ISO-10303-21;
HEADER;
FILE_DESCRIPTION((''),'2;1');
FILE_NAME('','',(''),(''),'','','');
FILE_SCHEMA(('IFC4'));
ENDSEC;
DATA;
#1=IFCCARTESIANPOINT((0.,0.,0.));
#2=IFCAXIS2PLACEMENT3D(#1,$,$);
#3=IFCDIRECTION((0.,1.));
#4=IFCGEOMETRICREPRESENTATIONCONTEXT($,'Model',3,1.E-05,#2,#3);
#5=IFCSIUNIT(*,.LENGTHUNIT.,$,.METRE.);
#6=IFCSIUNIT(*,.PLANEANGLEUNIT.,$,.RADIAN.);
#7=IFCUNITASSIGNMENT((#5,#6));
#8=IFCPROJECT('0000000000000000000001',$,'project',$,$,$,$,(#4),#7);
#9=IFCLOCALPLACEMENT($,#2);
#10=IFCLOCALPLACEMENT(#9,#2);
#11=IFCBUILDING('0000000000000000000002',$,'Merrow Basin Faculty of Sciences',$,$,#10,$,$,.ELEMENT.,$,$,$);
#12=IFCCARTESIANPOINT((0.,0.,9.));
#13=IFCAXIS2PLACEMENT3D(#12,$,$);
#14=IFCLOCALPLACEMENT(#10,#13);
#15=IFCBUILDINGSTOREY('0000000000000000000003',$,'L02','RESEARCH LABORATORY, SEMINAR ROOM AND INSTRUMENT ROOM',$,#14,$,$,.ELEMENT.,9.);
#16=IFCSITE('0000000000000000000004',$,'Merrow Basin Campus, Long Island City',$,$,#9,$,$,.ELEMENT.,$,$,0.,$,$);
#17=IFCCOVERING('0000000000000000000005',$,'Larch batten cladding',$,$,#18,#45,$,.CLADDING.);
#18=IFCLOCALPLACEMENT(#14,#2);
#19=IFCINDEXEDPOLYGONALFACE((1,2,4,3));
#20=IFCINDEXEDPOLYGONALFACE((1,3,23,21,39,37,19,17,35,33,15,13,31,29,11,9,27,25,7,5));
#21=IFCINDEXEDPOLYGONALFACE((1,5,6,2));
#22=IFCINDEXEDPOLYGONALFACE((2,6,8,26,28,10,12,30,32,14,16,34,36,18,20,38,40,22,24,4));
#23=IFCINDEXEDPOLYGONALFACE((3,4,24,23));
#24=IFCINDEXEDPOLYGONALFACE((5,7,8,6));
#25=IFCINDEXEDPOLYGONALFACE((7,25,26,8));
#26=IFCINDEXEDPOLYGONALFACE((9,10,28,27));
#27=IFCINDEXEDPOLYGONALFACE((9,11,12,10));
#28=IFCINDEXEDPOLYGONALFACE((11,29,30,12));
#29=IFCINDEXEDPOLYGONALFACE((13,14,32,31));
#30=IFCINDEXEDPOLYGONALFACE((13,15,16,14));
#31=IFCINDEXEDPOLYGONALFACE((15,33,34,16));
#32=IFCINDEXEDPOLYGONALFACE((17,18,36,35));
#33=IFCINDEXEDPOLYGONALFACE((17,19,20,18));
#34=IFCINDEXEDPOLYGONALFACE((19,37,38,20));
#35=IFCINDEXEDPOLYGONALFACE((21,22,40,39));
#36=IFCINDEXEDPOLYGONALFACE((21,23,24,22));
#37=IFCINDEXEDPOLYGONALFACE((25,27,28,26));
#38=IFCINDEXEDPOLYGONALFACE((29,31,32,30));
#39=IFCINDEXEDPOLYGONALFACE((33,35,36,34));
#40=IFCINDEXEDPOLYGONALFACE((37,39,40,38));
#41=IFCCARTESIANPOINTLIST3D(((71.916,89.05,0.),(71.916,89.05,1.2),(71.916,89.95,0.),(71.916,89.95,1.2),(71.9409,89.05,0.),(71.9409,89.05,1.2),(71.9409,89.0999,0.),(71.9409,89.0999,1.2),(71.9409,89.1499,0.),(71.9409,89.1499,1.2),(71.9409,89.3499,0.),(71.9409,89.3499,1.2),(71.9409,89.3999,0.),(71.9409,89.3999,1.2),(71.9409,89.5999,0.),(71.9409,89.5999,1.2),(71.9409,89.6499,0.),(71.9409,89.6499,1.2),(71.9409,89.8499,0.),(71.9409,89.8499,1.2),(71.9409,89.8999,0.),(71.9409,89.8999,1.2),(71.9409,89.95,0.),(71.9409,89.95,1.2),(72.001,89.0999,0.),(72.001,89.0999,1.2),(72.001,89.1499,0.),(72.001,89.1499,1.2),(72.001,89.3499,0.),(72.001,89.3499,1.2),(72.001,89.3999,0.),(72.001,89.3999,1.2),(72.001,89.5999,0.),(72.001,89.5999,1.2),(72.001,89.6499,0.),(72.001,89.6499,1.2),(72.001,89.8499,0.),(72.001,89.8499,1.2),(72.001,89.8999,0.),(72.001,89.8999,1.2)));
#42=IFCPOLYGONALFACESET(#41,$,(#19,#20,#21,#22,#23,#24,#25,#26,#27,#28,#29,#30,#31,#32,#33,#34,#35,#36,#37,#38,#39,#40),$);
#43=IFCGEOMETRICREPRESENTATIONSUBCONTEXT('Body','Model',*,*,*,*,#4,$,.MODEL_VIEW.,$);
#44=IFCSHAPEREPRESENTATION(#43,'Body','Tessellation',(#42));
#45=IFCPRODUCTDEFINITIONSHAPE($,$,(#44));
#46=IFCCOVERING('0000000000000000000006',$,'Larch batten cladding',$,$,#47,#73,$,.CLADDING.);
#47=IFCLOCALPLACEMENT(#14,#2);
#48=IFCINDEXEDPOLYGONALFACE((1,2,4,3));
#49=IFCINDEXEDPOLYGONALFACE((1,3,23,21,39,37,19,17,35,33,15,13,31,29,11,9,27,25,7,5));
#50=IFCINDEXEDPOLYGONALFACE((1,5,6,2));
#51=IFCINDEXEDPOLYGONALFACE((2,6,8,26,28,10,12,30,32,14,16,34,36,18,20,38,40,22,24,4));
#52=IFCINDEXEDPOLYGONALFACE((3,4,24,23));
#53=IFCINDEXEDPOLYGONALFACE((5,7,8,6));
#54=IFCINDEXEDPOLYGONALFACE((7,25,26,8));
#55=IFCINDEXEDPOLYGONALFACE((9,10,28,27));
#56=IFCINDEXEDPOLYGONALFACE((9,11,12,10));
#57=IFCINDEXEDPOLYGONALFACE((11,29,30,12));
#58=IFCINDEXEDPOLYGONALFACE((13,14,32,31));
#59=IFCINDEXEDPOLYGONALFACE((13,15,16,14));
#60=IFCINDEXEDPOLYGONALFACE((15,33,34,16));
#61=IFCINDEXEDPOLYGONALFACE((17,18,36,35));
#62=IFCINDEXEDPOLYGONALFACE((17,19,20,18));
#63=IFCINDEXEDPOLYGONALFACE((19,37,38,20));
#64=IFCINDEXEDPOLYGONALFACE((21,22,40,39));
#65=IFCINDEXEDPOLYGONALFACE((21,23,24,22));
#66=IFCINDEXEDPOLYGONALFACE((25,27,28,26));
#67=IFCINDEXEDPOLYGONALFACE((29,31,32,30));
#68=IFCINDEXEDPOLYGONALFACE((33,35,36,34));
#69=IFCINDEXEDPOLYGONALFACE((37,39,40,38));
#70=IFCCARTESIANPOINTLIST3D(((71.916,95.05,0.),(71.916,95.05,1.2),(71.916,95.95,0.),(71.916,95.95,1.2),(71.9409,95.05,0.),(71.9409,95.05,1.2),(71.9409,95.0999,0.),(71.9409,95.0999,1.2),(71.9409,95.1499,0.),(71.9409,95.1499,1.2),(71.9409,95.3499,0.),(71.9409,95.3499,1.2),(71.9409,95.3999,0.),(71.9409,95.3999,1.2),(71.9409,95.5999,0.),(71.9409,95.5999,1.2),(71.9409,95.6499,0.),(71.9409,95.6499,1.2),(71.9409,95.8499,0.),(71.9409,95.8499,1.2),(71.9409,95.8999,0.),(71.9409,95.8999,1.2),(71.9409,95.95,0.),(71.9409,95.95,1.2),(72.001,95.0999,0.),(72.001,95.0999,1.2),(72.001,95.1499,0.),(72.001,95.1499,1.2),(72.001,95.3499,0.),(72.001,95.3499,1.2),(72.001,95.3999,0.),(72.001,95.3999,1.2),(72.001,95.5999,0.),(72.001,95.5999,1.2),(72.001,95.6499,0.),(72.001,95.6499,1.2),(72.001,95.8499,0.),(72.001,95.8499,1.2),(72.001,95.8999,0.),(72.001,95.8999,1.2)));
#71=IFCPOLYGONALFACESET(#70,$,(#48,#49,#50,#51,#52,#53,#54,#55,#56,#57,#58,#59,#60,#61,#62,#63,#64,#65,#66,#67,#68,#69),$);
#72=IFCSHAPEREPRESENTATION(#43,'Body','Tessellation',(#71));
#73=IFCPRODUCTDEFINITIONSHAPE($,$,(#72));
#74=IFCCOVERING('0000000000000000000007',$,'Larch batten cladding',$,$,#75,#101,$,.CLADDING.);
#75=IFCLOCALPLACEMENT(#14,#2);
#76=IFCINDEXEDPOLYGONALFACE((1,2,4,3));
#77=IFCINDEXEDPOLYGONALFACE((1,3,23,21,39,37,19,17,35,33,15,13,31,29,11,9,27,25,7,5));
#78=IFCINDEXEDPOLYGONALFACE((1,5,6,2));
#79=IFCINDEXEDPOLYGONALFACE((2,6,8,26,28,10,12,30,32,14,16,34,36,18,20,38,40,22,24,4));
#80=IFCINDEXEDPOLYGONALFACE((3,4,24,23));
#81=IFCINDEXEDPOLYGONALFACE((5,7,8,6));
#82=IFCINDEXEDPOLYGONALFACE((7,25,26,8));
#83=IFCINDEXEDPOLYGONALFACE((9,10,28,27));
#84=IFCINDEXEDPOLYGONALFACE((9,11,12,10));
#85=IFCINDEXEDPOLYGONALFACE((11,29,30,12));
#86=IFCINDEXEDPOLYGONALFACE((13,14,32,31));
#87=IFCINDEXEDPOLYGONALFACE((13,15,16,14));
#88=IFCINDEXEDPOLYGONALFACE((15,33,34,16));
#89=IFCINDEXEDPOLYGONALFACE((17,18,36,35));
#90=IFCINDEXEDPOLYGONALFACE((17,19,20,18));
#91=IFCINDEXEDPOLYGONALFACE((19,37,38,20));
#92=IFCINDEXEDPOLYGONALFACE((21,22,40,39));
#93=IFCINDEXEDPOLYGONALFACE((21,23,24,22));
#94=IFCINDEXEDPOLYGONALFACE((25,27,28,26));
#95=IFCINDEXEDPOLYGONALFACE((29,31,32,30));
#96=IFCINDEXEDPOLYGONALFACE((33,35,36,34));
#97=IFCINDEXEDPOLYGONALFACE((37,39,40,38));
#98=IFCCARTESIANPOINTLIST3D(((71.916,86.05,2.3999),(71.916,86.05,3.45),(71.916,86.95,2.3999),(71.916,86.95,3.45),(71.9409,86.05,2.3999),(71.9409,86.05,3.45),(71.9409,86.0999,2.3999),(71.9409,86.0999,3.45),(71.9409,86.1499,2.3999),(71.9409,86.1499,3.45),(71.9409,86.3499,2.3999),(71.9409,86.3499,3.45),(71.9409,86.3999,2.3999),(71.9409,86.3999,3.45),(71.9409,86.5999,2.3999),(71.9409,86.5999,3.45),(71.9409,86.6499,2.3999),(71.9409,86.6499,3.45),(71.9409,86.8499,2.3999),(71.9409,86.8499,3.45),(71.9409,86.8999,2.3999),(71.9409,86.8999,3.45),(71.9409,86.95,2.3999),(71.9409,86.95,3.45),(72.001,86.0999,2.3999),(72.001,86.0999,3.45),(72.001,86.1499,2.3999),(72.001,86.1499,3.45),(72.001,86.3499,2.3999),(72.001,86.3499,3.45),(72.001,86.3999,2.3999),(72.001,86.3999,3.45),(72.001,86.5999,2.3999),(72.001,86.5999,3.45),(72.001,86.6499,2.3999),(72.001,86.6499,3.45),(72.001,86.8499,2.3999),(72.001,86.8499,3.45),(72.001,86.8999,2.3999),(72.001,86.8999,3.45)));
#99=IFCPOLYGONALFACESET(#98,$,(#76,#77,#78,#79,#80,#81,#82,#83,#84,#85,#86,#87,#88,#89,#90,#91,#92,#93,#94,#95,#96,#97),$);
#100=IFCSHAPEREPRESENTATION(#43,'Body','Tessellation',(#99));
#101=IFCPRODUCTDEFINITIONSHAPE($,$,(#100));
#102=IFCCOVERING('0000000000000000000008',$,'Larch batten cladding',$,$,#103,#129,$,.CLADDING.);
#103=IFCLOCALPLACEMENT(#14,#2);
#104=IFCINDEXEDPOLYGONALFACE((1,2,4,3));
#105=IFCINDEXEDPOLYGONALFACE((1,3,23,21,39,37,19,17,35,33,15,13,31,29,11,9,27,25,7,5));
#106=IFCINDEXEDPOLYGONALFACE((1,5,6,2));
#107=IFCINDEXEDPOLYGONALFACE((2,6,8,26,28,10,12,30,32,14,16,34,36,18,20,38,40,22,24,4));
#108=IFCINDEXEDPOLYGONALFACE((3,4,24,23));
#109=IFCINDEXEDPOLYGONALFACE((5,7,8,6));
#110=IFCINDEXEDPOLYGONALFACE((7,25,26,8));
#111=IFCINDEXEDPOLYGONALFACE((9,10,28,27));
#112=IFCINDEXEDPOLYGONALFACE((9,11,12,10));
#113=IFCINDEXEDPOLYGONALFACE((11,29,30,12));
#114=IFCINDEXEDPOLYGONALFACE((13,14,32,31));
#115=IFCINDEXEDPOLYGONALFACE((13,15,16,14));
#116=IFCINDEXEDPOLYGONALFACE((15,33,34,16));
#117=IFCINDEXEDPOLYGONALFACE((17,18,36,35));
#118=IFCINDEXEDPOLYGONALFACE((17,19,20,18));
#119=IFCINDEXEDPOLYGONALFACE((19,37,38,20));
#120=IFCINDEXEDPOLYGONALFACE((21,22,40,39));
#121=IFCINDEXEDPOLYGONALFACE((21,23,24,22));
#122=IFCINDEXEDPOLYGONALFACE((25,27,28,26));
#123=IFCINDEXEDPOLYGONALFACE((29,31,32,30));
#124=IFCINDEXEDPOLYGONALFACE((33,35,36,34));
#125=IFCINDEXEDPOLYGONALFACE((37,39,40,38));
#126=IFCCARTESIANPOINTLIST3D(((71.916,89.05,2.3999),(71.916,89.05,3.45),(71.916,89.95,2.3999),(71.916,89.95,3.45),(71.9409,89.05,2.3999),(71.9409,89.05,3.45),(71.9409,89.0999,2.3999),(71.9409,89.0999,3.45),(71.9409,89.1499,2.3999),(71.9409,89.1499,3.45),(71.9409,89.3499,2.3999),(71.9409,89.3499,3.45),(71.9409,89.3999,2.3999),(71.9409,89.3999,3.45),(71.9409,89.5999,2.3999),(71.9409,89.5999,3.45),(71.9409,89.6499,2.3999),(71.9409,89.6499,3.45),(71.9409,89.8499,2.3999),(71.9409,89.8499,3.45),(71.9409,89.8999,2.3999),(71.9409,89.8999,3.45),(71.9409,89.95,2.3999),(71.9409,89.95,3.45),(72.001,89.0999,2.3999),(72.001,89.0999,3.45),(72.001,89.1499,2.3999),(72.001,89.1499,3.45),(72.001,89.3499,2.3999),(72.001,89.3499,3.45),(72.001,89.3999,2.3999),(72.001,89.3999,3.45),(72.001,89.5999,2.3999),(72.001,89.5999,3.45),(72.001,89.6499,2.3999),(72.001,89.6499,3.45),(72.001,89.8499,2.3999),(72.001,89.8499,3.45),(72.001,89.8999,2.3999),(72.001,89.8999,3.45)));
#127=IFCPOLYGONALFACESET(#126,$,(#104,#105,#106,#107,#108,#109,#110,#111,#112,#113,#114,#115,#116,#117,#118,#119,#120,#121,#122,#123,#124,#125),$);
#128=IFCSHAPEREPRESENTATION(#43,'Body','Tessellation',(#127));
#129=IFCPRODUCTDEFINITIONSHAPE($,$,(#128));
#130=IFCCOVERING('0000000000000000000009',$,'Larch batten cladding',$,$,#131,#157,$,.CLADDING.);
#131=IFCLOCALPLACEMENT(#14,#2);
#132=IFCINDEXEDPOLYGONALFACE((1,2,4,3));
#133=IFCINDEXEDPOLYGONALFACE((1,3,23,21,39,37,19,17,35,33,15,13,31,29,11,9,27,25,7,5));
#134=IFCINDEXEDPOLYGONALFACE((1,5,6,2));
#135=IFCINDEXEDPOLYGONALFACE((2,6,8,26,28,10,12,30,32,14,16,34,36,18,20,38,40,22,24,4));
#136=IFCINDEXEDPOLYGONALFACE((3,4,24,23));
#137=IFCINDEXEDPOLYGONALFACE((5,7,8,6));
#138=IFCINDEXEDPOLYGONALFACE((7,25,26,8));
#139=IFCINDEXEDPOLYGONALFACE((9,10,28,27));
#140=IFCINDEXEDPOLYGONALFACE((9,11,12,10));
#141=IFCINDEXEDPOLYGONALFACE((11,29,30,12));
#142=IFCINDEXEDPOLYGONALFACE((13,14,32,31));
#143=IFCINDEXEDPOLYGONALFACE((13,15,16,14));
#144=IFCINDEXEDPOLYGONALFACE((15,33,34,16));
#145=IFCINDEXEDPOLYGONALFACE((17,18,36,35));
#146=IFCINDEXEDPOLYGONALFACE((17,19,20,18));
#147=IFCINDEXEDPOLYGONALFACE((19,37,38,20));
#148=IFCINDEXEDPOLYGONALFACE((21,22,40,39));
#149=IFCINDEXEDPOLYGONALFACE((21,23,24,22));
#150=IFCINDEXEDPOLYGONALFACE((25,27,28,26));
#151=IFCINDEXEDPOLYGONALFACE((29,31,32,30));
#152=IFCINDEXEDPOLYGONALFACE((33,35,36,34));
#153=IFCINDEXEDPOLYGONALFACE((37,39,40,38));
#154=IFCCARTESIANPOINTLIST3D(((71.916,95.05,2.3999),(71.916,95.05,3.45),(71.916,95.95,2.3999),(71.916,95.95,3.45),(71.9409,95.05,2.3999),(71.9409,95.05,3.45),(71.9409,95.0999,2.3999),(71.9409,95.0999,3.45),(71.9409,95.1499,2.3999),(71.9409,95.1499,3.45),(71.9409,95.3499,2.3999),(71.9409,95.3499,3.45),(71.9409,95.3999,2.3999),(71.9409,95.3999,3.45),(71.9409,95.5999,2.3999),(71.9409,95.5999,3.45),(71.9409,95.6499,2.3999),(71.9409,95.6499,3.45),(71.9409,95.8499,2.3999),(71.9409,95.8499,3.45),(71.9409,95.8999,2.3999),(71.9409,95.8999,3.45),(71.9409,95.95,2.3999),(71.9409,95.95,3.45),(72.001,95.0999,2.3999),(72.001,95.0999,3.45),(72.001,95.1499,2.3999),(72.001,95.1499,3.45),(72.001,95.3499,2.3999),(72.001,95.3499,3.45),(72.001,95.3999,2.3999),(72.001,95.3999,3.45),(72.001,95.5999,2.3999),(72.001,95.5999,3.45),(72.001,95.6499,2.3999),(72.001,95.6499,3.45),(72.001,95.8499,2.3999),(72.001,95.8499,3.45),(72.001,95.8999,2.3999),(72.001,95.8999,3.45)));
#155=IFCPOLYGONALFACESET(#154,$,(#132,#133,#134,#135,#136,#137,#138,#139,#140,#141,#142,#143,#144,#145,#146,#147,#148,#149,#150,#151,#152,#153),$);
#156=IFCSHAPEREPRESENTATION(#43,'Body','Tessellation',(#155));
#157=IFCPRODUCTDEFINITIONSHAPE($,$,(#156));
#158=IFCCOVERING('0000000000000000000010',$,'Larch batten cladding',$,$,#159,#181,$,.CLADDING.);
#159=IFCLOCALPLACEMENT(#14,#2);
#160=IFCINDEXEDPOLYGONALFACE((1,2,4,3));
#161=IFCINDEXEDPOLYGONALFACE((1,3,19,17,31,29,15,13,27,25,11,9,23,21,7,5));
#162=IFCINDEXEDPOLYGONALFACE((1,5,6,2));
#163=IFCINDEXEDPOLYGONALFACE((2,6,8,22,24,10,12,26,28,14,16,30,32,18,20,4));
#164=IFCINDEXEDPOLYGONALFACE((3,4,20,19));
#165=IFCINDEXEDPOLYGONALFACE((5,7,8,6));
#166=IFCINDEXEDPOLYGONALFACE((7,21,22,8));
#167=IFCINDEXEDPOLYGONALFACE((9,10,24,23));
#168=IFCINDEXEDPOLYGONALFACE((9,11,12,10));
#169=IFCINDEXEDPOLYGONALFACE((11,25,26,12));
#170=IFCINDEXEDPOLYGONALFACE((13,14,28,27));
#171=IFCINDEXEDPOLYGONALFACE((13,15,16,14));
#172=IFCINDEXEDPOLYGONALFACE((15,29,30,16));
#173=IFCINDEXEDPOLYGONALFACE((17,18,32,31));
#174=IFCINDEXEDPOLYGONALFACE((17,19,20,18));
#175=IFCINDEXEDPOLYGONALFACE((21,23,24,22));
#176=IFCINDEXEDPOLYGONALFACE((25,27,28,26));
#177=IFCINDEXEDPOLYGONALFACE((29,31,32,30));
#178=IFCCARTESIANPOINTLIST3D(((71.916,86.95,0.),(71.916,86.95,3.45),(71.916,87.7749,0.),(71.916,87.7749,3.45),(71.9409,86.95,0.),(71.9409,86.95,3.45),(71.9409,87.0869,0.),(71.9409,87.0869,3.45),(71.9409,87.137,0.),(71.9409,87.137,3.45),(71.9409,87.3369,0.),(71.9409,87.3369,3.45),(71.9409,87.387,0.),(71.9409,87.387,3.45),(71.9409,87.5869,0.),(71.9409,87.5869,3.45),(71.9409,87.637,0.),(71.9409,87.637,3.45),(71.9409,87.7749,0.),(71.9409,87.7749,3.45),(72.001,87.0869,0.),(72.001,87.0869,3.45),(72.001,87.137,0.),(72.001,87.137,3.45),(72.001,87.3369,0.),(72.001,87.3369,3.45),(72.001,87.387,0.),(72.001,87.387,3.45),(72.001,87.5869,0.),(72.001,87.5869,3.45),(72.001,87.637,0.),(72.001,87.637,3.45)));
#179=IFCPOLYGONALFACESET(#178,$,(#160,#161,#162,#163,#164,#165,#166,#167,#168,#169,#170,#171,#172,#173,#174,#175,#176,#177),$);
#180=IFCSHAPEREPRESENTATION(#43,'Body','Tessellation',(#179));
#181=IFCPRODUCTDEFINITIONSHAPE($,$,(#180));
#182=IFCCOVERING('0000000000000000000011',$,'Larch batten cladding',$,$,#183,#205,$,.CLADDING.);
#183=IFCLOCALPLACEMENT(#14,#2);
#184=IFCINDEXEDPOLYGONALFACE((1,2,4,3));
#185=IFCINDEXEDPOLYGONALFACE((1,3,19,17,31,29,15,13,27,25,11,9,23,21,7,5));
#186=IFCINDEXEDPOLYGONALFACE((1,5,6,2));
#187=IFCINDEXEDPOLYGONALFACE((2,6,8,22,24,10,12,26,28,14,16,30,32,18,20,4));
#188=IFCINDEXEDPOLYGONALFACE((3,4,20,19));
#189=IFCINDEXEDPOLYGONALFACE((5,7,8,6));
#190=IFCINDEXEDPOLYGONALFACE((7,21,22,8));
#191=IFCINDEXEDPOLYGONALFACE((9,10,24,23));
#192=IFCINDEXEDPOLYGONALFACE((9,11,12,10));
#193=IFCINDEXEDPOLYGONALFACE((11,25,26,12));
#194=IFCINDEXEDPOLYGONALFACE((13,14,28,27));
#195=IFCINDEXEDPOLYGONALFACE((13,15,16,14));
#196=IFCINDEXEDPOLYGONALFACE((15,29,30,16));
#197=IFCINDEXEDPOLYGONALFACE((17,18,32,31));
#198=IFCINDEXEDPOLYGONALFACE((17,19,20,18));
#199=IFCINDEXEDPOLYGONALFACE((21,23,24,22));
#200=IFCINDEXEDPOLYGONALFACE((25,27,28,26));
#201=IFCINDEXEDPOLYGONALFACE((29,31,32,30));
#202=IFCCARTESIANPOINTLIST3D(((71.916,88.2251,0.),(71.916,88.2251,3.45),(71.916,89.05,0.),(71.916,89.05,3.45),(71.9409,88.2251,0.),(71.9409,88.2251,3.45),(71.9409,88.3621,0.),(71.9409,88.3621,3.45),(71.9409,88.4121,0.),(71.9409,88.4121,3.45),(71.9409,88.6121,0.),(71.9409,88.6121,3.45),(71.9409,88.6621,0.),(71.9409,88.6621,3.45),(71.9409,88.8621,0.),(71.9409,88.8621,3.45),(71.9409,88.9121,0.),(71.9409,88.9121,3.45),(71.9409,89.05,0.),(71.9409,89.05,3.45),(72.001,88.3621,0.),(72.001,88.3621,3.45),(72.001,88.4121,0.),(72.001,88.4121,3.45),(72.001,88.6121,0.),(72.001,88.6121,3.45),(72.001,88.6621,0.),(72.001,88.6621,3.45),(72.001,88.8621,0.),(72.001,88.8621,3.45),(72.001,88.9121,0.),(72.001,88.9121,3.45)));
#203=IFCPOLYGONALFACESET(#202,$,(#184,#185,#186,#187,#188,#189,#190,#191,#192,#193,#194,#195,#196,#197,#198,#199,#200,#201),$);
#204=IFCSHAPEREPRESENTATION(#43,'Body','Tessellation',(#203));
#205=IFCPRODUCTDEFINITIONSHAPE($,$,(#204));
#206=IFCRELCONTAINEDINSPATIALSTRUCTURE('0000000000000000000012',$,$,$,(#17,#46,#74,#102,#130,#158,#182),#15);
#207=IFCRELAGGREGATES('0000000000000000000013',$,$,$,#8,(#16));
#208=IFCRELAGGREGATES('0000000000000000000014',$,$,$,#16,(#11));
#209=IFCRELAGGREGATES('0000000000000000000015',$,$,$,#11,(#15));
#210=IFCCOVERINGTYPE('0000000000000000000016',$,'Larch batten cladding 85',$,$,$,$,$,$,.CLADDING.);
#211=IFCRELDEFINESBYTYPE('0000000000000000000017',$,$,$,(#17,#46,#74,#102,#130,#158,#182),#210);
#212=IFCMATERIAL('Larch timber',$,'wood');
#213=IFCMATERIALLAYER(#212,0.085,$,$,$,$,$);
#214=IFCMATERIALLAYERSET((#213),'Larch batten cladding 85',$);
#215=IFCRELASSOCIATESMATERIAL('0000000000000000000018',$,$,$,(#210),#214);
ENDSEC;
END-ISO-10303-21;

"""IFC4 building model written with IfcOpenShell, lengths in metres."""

from ifc_helpers import new_model, si_unit, direction, frame, origin, place, context, subcontext, project, spatial, polyline, outline, extrude, source, transform, mapped, material, layer, layer_set, type_object, element, save


model = new_model("IFC4")

# Units and contexts
model_context = context("Model", 3, precision=1e-05, world=origin(), true_north=direction((0.0, 1.0)))
body_context = subcontext(model_context, "Body", "Model", "MODEL_VIEW")
ifc_project = project(units=[si_unit("LENGTHUNIT", "METRE"), si_unit("PLANEANGLEUNIT", "RADIAN")], contexts=[model_context])

# Site, building, storey
site_placement = place(None, origin())
site = spatial("IfcSite", under=ifc_project, at=site_placement, Name="Merrow Basin Campus, Long Island City", CompositionType="ELEMENT", RefElevation=0.0)
building_placement = place(site_placement, origin())
building = spatial("IfcBuilding", under=site, at=building_placement, Name="Merrow Basin Faculty of Sciences", CompositionType="ELEMENT")
storey_placement = place(building_placement, frame((0.0, 0.0, 9.0)))
storey = spatial("IfcBuildingStorey", under=building, at=storey_placement, Name="L02", Description="RESEARCH LABORATORY, SEMINAR ROOM AND INSTRUMENT ROOM", CompositionType="ELEMENT", Elevation=9.0)

# Coverings
ifc_material_1 = material(Name="Larch timber", Category="wood")
ifc_layer_1 = layer(ifc_material_1, 0.085)
ifc_layer_set_1 = layer_set([ifc_layer_1], Name="Larch batten cladding 85")
covering_type = type_object("IfcCoveringType", Name="Larch batten cladding 85", PredefinedType="CLADDING", material=ifc_layer_set_1)
shared_shape_1 = source(origin(), body_context, "Body", "SweptSolid", [
    extrude(outline(polyline([(0.0, 0.0), (0.8999, 0.0), (0.8999, 0.0249), (0.8501, 0.0249), (0.8501, 0.085), (0.8, 0.085), (0.8, 0.0249), (0.6001, 0.0249), (0.6001, 0.085), (0.55, 0.085), (0.55, 0.0249), (0.3501, 0.0249), (0.3501, 0.085), (0.3, 0.085), (0.3, 0.0249), (0.1001, 0.0249), (0.1001, 0.085), (0.05, 0.085), (0.05, 0.0249), (0.0, 0.0249), (0.0, 0.0)])), origin(), (0.0, 0.0, 1.0), 1.2),
])
for number, where, z_axis, x_axis, name in (
    (1, (71.916, 89.95, 0.0), (0.0, 0.0, 1.0), (0.0, -1.0, 0.0), "Larch batten cladding"),
    (2, (71.916, 95.95, 0.0), (0.0, 0.0, 1.0), (0.0, -1.0, 0.0), "Larch batten cladding"),
):
    element("IfcCovering", number, at=place(storey_placement, frame(where, z_axis=z_axis, x_axis=x_axis)), inside=storey, type_object=covering_type, Name=name, PredefinedType="CLADDING", context=body_context, shape_type="MappedRepresentation", body=[
        mapped(shared_shape_1, transform((0.0, 0.0, 0.0), scale=1.0)),
    ])
shared_shape_2 = source(origin(), body_context, "Body", "SweptSolid", [
    extrude(outline(polyline([(0.0, 0.0), (0.8999, 0.0), (0.8999, 0.0249), (0.8501, 0.0249), (0.8501, 0.085), (0.8, 0.085), (0.8, 0.0249), (0.6001, 0.0249), (0.6001, 0.085), (0.55, 0.085), (0.55, 0.0249), (0.3501, 0.0249), (0.3501, 0.085), (0.3, 0.085), (0.3, 0.0249), (0.1001, 0.0249), (0.1001, 0.085), (0.05, 0.085), (0.05, 0.0249), (0.0, 0.0249), (0.0, 0.0)])), origin(), (0.0, 0.0, 1.0), 1.05),
])
for number, where, z_axis, x_axis, name in (
    (3, (71.916, 86.95, 2.3999), (0.0, 0.0, 1.0), (0.0, -1.0, 0.0), "Larch batten cladding"),
    (4, (71.916, 89.95, 2.3999), (0.0, 0.0, 1.0), (0.0, -1.0, 0.0), "Larch batten cladding"),
    (5, (71.916, 95.95, 2.3999), (0.0, 0.0, 1.0), (0.0, -1.0, 0.0), "Larch batten cladding"),
):
    element("IfcCovering", number, at=place(storey_placement, frame(where, z_axis=z_axis, x_axis=x_axis)), inside=storey, type_object=covering_type, Name=name, PredefinedType="CLADDING", context=body_context, shape_type="MappedRepresentation", body=[
        mapped(shared_shape_2, transform((0.0, 0.0, 0.0), scale=1.0)),
    ])
shared_shape_3 = source(origin(), body_context, "Body", "SweptSolid", [
    extrude(outline(polyline([(0.0, 0.0), (0.825, 0.0), (0.825, 0.0249), (0.688, 0.0249), (0.688, 0.085), (0.6379, 0.085), (0.6379, 0.0249), (0.438, 0.0249), (0.438, 0.085), (0.3879, 0.085), (0.3879, 0.0249), (0.188, 0.0249), (0.188, 0.085), (0.1379, 0.085), (0.1379, 0.0249), (0.0, 0.0249), (0.0, 0.0)])), origin(), (0.0, 0.0, 1.0), 3.45),
])
for number, where, z_axis, x_axis, name in (
    (6, (71.916, 87.7749, 0.0), (0.0, 0.0, 1.0), (0.0, -1.0, 0.0), "Larch batten cladding"),
    (7, (71.916, 89.05, 0.0), (0.0, 0.0, 1.0), (0.0, -1.0, 0.0), "Larch batten cladding"),
):
    element("IfcCovering", number, at=place(storey_placement, frame(where, z_axis=z_axis, x_axis=x_axis)), inside=storey, type_object=covering_type, Name=name, PredefinedType="CLADDING", context=body_context, shape_type="MappedRepresentation", body=[
        mapped(shared_shape_3, transform((0.0, 0.0, 0.0), scale=1.0)),
    ])

save(model, "model.ifc")
